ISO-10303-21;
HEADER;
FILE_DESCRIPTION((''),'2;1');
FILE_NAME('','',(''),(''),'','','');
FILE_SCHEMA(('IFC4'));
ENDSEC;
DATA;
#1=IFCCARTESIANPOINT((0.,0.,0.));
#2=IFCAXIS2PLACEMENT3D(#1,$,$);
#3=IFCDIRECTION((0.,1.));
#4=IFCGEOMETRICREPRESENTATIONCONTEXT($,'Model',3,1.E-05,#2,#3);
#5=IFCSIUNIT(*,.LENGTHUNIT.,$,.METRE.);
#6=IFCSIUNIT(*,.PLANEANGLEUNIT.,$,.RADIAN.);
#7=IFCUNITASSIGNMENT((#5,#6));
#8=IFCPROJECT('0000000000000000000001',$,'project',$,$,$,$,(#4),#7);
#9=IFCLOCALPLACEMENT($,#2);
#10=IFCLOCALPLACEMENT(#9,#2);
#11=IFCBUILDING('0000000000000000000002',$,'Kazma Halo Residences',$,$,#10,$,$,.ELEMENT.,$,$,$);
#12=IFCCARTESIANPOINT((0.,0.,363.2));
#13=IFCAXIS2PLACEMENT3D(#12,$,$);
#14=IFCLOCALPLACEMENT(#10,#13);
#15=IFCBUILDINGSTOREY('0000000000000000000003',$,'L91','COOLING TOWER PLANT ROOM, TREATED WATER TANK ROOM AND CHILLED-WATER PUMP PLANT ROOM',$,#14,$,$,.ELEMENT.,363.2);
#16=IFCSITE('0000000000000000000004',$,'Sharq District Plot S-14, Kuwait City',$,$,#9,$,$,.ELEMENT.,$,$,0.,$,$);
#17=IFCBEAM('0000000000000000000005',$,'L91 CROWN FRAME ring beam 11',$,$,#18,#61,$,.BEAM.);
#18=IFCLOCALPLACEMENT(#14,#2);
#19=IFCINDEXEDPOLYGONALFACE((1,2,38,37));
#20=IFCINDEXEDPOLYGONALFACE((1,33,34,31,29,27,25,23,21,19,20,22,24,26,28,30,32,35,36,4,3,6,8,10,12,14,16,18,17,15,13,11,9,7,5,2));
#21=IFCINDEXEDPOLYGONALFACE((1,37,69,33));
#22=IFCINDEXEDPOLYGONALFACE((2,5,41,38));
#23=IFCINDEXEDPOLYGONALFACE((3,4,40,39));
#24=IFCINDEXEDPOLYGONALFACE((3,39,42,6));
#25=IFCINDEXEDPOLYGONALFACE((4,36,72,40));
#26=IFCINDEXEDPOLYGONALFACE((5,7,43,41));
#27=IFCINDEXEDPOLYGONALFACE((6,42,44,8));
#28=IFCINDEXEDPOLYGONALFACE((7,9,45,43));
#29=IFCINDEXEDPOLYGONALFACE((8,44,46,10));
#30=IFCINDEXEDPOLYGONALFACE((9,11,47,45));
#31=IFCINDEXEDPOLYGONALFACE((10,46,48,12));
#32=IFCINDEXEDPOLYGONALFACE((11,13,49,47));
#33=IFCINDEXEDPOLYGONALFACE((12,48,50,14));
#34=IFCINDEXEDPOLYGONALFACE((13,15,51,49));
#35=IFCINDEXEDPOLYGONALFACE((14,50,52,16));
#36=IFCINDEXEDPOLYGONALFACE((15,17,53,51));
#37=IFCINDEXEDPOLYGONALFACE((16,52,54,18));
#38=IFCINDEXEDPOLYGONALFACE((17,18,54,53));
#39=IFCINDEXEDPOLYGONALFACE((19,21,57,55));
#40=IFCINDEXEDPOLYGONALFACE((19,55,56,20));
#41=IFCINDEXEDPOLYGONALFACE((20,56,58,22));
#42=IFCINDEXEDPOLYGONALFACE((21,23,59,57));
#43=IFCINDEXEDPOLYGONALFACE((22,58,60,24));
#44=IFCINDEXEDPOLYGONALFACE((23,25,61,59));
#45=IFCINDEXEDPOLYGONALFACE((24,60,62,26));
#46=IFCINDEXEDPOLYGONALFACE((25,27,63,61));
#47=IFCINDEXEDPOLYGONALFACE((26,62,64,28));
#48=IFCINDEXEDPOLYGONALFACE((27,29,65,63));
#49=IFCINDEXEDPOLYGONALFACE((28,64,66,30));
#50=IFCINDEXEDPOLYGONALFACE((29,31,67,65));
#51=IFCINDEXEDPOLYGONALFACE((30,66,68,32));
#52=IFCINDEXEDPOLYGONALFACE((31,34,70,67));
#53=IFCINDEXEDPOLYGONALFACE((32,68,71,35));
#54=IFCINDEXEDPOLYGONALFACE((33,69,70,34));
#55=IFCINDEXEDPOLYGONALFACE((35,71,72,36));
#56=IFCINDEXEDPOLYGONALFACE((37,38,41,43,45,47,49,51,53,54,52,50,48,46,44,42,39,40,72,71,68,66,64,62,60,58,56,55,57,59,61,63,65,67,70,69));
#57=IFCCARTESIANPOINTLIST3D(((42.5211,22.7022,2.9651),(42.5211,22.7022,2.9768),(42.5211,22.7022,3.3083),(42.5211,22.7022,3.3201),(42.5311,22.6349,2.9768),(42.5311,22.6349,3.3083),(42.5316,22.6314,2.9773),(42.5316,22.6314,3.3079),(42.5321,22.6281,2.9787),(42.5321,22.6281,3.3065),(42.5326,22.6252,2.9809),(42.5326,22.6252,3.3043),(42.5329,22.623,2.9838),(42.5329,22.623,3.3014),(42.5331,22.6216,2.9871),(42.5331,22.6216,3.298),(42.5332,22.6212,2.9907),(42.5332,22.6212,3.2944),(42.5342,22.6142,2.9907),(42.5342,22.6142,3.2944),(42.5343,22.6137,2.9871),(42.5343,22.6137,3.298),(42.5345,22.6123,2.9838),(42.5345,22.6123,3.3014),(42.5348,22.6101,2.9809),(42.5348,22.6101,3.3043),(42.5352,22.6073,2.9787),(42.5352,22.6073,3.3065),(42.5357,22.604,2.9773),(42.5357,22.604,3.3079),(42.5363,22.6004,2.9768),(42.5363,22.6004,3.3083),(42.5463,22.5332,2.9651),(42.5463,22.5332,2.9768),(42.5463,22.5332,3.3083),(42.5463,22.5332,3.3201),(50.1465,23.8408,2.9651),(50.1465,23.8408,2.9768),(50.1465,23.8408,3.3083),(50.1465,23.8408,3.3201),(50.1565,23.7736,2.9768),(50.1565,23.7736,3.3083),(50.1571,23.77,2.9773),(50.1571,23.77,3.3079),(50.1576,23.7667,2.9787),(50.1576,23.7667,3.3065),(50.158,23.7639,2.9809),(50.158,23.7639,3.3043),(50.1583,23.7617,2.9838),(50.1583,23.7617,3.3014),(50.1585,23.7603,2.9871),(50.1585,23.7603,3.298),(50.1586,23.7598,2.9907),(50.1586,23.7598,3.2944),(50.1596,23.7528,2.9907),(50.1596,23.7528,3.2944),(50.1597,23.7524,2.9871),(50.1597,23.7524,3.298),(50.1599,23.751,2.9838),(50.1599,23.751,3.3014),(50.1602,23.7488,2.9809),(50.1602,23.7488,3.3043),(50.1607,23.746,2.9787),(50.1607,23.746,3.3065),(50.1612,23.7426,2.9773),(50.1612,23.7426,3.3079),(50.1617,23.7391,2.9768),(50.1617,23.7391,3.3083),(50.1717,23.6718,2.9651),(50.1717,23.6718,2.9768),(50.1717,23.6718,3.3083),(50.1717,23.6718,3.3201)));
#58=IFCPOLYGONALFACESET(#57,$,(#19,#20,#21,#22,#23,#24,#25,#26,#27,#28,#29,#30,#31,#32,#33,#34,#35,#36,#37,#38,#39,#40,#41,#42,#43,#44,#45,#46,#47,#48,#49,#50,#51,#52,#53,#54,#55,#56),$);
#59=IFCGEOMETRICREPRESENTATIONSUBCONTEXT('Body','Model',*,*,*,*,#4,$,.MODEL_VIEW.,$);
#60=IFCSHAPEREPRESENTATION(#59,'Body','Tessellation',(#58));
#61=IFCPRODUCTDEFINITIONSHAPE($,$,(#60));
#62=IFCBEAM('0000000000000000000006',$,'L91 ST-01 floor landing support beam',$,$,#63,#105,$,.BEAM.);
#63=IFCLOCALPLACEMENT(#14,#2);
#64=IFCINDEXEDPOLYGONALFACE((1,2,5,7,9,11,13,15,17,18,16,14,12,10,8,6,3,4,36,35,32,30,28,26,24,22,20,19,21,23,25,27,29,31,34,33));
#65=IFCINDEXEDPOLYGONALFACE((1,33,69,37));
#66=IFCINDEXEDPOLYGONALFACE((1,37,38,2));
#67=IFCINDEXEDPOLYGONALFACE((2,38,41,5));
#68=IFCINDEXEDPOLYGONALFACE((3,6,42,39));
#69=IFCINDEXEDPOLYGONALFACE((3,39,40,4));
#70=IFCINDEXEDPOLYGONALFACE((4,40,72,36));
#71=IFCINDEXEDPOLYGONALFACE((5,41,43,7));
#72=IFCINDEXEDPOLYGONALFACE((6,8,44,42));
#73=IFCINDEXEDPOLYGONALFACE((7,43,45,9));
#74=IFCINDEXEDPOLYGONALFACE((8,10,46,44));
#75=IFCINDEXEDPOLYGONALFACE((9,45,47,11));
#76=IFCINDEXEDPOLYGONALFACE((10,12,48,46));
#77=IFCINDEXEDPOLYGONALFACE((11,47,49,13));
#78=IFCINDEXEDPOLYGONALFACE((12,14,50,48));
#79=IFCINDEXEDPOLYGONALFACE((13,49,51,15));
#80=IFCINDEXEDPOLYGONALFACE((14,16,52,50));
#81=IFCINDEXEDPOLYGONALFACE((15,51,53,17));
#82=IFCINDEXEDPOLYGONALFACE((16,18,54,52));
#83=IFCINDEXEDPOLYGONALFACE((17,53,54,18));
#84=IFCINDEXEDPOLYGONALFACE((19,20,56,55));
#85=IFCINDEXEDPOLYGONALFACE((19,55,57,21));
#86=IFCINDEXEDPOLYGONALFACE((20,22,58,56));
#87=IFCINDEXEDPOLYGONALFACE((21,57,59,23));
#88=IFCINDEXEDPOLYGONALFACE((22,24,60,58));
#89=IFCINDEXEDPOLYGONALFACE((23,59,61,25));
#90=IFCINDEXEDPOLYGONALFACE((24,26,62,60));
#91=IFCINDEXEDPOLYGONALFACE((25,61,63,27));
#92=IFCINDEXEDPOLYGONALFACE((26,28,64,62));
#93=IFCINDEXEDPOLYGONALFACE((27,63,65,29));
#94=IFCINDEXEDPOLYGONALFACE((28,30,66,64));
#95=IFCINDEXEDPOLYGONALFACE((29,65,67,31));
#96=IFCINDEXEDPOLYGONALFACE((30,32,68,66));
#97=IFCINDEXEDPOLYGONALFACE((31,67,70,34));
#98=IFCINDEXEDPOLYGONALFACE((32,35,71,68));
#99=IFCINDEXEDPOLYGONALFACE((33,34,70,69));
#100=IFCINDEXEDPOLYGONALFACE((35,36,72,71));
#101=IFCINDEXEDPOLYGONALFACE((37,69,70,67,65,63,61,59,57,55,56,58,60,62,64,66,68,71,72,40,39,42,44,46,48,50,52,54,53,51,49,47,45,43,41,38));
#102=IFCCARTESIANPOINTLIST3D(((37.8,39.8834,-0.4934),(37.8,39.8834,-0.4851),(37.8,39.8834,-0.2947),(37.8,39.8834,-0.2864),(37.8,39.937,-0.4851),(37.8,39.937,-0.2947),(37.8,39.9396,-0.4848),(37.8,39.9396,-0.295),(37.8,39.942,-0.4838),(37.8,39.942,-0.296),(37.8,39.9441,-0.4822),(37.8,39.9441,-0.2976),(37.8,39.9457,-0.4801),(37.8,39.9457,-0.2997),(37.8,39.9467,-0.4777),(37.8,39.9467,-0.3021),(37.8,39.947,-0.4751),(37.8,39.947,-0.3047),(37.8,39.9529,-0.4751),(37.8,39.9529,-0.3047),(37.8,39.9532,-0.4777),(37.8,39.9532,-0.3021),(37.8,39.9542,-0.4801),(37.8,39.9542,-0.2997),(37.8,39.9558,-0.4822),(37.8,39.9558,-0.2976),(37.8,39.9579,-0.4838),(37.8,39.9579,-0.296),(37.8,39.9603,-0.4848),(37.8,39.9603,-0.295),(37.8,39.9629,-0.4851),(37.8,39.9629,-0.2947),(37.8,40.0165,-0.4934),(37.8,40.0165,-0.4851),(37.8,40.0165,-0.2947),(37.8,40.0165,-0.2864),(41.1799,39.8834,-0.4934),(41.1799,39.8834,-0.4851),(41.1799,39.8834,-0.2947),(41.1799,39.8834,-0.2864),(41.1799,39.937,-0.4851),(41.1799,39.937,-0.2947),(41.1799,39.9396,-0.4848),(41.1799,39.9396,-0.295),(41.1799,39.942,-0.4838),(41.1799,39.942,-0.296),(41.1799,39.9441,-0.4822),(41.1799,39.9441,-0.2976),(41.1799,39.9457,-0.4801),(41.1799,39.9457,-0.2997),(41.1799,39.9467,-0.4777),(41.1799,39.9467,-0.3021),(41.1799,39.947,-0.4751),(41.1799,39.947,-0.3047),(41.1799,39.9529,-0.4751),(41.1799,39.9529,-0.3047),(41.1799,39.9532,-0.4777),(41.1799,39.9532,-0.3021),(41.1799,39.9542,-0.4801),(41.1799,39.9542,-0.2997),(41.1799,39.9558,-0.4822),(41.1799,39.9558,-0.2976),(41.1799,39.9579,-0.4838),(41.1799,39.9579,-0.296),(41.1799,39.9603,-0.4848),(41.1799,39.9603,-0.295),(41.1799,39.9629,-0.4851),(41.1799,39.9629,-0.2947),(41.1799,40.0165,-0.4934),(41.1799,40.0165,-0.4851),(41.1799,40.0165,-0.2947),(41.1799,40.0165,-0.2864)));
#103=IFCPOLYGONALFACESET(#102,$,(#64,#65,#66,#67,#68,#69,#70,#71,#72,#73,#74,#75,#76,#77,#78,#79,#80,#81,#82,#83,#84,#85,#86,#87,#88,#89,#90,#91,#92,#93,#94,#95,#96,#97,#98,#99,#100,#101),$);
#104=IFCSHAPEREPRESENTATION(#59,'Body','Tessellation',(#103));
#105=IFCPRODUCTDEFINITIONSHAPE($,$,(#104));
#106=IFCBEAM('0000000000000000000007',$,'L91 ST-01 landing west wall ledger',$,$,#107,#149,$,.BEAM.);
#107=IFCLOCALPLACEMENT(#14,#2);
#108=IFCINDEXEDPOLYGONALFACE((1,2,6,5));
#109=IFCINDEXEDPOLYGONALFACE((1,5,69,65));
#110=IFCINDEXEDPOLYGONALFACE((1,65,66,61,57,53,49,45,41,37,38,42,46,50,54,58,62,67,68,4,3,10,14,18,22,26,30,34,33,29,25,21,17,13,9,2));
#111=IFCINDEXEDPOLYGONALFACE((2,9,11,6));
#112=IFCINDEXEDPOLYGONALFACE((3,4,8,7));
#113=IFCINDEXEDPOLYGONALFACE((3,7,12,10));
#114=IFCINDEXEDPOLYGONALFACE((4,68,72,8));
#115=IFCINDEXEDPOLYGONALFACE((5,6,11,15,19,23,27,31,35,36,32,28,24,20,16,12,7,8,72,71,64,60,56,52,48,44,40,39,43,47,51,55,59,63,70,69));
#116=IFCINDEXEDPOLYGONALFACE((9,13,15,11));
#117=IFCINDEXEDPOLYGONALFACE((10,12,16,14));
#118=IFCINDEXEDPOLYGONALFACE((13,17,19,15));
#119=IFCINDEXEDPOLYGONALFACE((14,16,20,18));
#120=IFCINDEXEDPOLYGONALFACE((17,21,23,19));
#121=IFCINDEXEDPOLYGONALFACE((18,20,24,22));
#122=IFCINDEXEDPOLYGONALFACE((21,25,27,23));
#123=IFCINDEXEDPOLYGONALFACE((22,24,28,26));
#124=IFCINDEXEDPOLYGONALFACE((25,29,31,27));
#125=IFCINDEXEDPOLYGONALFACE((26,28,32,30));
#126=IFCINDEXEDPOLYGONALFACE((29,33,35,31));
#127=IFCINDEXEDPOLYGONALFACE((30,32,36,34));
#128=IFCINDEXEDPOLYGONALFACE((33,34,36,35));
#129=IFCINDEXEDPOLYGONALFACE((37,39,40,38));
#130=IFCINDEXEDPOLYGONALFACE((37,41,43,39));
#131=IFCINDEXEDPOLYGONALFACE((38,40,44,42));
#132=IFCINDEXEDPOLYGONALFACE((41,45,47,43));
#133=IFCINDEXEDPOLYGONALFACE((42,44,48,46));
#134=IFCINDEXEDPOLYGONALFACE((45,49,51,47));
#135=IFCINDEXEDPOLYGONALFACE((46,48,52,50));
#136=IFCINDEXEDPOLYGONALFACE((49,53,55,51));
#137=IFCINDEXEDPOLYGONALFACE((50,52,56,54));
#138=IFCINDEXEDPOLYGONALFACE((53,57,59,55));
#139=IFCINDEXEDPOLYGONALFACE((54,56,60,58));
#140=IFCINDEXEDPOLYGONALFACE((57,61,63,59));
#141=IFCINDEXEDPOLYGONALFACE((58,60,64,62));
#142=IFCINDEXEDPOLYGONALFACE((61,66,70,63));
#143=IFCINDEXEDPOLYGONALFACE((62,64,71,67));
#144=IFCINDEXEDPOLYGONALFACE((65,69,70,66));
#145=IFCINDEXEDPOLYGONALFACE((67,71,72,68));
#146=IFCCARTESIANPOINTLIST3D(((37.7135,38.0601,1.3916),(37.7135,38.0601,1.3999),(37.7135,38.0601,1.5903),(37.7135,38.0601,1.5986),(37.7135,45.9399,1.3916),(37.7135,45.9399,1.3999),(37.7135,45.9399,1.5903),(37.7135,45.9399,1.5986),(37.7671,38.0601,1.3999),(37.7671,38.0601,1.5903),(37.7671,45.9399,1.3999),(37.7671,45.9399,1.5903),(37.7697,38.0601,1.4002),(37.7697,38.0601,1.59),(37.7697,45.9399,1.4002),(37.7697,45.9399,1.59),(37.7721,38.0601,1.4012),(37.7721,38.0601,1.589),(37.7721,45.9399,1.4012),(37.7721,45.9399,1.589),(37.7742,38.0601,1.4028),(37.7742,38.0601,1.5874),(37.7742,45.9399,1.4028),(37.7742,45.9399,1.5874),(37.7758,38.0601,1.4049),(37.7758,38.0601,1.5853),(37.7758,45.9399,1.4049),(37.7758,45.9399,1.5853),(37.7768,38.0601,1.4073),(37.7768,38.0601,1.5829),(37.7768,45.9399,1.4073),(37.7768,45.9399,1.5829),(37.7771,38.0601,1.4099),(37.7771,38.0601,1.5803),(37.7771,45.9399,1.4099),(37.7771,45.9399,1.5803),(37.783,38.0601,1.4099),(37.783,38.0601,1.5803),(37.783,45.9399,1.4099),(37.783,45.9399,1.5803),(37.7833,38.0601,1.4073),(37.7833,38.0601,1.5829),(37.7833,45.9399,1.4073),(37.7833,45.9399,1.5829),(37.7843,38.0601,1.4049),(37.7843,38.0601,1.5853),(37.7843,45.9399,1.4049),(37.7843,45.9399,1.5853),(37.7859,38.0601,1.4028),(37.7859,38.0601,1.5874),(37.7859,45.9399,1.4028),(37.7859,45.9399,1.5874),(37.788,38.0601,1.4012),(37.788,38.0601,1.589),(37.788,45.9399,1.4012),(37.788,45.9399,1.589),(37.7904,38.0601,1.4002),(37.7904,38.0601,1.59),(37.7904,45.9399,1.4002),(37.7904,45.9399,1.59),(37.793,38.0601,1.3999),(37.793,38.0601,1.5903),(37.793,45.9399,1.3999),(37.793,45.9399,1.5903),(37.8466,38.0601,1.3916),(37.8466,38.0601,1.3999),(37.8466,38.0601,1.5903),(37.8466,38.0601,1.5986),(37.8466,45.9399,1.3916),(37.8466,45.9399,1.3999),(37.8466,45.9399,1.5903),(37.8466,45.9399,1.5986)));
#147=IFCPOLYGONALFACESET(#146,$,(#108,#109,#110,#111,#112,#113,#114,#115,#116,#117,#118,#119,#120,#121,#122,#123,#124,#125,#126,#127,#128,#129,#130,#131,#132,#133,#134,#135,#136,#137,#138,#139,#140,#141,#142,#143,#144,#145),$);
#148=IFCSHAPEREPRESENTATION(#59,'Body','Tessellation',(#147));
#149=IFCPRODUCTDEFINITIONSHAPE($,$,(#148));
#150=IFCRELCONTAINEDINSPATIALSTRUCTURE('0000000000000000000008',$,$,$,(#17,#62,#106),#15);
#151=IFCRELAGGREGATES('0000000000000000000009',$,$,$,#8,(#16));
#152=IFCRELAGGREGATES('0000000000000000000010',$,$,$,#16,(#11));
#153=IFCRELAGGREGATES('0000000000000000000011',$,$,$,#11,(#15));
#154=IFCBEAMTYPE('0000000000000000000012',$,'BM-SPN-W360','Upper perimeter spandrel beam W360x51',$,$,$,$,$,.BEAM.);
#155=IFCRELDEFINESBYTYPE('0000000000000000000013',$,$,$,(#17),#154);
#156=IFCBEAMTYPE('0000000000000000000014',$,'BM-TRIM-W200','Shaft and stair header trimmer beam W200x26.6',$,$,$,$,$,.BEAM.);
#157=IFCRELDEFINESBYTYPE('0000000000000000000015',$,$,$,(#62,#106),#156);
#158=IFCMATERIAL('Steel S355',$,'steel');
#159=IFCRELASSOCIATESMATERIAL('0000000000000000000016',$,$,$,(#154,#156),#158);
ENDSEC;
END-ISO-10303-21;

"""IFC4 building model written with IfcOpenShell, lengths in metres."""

from ifc_helpers import new_model, si_unit, direction, frame, origin, origin_2d, place, context, subcontext, project, spatial, i_section, extrude, material, material_profile, profile_set, type_object, element, save


model = new_model("IFC4")

# Units and contexts
model_context = context("Model", 3, precision=1e-05, world=origin(), true_north=direction((0.0, 1.0)))
body_context = subcontext(model_context, "Body", "Model", "MODEL_VIEW")
ifc_project = project(units=[si_unit("LENGTHUNIT", "METRE"), si_unit("PLANEANGLEUNIT", "RADIAN")], contexts=[model_context])

# Site, building, storey
site_placement = place(None, origin())
site = spatial("IfcSite", under=ifc_project, at=site_placement, Name="Sharq District Plot S-14, Kuwait City", CompositionType="ELEMENT", RefElevation=0.0)
building_placement = place(site_placement, origin())
building = spatial("IfcBuilding", under=site, at=building_placement, Name="Kazma Halo Residences", CompositionType="ELEMENT")
storey_placement = place(building_placement, frame((0.0, 0.0, 363.2)))
storey = spatial("IfcBuildingStorey", under=building, at=storey_placement, Name="L91", Description="COOLING TOWER PLANT ROOM, TREATED WATER TANK ROOM AND CHILLED-WATER PUMP PLANT ROOM", CompositionType="ELEMENT", Elevation=363.2)

# Shared definitions
ifc_material_1 = material(Name="Steel S355", Category="steel")

# Beams
ifc_material_profile_1 = material_profile(ifc_material_1, i_section(OverallWidth=0.1709, OverallDepth=0.355, WebThickness=0.0071, FlangeThickness=0.0117, FilletRadius=0.0139, at=origin_2d()), Name="W360x51")
ifc_profile_set_1 = profile_set([ifc_material_profile_1], Name="Steel S355")
beam_type_1 = type_object("IfcBeamType", Name="BM-SPN-W360", Description="Upper perimeter spandrel beam W360x51", PredefinedType="BEAM", material=ifc_profile_set_1)
beam_1_placement = place(storey_placement, frame((42.5337, 22.6177, 3.1426), z_axis=(0.989034, 0.147687, 0.0), x_axis=(-0.147687, 0.989034, 0.0)))
element("IfcBeam", 1, at=beam_1_placement, inside=storey, type_object=beam_type_1, Name="L91 CROWN FRAME ring beam 11", PredefinedType="BEAM", context=body_context, shape_type="SweptSolid", body=[
    extrude(i_section(OverallWidth=0.1709, OverallDepth=0.355, WebThickness=0.0071, FlangeThickness=0.0117, FilletRadius=0.0139, at=origin_2d()), origin(), (0.0, 0.0, 1.0), 7.71),
])
ifc_material_profile_2 = material_profile(ifc_material_1, i_section(OverallWidth=0.1331, OverallDepth=0.207, WebThickness=0.0059, FlangeThickness=0.0083, FilletRadius=0.01, at=origin_2d()), Name="W200x26.6")
ifc_profile_set_2 = profile_set([ifc_material_profile_2], Name="Steel S355")
beam_type_2 = type_object("IfcBeamType", Name="BM-TRIM-W200", Description="Shaft and stair header trimmer beam W200x26.6", PredefinedType="BEAM", material=ifc_profile_set_2)
beam_2_placement = place(storey_placement, frame((37.8, 39.95, -0.3899), z_axis=(1.0, 0.0, 0.0), x_axis=(0.0, 1.0, 0.0)))
element("IfcBeam", 2, at=beam_2_placement, inside=storey, type_object=beam_type_2, Name="L91 ST-01 floor landing support beam", PredefinedType="BEAM", context=body_context, shape_type="SweptSolid", body=[
    extrude(i_section(OverallWidth=0.1331, OverallDepth=0.207, WebThickness=0.0059, FlangeThickness=0.0083, FilletRadius=0.01, at=origin_2d()), origin(), (0.0, 0.0, 1.0), 3.3799),
])
beam_3_placement = place(storey_placement, frame((37.78, 38.0601, 1.4951), z_axis=(0.0, 1.0, 0.0), x_axis=(-1.0, 0.0, 0.0)))
element("IfcBeam", 3, at=beam_3_placement, inside=storey, type_object=beam_type_2, Name="L91 ST-01 landing west wall ledger", PredefinedType="BEAM", context=body_context, shape_type="SweptSolid", body=[
    extrude(i_section(OverallWidth=0.1331, OverallDepth=0.207, WebThickness=0.0059, FlangeThickness=0.0083, FilletRadius=0.01, at=origin_2d()), origin(), (0.0, 0.0, 1.0), 7.8799),
])

save(model, "model.ifc")
